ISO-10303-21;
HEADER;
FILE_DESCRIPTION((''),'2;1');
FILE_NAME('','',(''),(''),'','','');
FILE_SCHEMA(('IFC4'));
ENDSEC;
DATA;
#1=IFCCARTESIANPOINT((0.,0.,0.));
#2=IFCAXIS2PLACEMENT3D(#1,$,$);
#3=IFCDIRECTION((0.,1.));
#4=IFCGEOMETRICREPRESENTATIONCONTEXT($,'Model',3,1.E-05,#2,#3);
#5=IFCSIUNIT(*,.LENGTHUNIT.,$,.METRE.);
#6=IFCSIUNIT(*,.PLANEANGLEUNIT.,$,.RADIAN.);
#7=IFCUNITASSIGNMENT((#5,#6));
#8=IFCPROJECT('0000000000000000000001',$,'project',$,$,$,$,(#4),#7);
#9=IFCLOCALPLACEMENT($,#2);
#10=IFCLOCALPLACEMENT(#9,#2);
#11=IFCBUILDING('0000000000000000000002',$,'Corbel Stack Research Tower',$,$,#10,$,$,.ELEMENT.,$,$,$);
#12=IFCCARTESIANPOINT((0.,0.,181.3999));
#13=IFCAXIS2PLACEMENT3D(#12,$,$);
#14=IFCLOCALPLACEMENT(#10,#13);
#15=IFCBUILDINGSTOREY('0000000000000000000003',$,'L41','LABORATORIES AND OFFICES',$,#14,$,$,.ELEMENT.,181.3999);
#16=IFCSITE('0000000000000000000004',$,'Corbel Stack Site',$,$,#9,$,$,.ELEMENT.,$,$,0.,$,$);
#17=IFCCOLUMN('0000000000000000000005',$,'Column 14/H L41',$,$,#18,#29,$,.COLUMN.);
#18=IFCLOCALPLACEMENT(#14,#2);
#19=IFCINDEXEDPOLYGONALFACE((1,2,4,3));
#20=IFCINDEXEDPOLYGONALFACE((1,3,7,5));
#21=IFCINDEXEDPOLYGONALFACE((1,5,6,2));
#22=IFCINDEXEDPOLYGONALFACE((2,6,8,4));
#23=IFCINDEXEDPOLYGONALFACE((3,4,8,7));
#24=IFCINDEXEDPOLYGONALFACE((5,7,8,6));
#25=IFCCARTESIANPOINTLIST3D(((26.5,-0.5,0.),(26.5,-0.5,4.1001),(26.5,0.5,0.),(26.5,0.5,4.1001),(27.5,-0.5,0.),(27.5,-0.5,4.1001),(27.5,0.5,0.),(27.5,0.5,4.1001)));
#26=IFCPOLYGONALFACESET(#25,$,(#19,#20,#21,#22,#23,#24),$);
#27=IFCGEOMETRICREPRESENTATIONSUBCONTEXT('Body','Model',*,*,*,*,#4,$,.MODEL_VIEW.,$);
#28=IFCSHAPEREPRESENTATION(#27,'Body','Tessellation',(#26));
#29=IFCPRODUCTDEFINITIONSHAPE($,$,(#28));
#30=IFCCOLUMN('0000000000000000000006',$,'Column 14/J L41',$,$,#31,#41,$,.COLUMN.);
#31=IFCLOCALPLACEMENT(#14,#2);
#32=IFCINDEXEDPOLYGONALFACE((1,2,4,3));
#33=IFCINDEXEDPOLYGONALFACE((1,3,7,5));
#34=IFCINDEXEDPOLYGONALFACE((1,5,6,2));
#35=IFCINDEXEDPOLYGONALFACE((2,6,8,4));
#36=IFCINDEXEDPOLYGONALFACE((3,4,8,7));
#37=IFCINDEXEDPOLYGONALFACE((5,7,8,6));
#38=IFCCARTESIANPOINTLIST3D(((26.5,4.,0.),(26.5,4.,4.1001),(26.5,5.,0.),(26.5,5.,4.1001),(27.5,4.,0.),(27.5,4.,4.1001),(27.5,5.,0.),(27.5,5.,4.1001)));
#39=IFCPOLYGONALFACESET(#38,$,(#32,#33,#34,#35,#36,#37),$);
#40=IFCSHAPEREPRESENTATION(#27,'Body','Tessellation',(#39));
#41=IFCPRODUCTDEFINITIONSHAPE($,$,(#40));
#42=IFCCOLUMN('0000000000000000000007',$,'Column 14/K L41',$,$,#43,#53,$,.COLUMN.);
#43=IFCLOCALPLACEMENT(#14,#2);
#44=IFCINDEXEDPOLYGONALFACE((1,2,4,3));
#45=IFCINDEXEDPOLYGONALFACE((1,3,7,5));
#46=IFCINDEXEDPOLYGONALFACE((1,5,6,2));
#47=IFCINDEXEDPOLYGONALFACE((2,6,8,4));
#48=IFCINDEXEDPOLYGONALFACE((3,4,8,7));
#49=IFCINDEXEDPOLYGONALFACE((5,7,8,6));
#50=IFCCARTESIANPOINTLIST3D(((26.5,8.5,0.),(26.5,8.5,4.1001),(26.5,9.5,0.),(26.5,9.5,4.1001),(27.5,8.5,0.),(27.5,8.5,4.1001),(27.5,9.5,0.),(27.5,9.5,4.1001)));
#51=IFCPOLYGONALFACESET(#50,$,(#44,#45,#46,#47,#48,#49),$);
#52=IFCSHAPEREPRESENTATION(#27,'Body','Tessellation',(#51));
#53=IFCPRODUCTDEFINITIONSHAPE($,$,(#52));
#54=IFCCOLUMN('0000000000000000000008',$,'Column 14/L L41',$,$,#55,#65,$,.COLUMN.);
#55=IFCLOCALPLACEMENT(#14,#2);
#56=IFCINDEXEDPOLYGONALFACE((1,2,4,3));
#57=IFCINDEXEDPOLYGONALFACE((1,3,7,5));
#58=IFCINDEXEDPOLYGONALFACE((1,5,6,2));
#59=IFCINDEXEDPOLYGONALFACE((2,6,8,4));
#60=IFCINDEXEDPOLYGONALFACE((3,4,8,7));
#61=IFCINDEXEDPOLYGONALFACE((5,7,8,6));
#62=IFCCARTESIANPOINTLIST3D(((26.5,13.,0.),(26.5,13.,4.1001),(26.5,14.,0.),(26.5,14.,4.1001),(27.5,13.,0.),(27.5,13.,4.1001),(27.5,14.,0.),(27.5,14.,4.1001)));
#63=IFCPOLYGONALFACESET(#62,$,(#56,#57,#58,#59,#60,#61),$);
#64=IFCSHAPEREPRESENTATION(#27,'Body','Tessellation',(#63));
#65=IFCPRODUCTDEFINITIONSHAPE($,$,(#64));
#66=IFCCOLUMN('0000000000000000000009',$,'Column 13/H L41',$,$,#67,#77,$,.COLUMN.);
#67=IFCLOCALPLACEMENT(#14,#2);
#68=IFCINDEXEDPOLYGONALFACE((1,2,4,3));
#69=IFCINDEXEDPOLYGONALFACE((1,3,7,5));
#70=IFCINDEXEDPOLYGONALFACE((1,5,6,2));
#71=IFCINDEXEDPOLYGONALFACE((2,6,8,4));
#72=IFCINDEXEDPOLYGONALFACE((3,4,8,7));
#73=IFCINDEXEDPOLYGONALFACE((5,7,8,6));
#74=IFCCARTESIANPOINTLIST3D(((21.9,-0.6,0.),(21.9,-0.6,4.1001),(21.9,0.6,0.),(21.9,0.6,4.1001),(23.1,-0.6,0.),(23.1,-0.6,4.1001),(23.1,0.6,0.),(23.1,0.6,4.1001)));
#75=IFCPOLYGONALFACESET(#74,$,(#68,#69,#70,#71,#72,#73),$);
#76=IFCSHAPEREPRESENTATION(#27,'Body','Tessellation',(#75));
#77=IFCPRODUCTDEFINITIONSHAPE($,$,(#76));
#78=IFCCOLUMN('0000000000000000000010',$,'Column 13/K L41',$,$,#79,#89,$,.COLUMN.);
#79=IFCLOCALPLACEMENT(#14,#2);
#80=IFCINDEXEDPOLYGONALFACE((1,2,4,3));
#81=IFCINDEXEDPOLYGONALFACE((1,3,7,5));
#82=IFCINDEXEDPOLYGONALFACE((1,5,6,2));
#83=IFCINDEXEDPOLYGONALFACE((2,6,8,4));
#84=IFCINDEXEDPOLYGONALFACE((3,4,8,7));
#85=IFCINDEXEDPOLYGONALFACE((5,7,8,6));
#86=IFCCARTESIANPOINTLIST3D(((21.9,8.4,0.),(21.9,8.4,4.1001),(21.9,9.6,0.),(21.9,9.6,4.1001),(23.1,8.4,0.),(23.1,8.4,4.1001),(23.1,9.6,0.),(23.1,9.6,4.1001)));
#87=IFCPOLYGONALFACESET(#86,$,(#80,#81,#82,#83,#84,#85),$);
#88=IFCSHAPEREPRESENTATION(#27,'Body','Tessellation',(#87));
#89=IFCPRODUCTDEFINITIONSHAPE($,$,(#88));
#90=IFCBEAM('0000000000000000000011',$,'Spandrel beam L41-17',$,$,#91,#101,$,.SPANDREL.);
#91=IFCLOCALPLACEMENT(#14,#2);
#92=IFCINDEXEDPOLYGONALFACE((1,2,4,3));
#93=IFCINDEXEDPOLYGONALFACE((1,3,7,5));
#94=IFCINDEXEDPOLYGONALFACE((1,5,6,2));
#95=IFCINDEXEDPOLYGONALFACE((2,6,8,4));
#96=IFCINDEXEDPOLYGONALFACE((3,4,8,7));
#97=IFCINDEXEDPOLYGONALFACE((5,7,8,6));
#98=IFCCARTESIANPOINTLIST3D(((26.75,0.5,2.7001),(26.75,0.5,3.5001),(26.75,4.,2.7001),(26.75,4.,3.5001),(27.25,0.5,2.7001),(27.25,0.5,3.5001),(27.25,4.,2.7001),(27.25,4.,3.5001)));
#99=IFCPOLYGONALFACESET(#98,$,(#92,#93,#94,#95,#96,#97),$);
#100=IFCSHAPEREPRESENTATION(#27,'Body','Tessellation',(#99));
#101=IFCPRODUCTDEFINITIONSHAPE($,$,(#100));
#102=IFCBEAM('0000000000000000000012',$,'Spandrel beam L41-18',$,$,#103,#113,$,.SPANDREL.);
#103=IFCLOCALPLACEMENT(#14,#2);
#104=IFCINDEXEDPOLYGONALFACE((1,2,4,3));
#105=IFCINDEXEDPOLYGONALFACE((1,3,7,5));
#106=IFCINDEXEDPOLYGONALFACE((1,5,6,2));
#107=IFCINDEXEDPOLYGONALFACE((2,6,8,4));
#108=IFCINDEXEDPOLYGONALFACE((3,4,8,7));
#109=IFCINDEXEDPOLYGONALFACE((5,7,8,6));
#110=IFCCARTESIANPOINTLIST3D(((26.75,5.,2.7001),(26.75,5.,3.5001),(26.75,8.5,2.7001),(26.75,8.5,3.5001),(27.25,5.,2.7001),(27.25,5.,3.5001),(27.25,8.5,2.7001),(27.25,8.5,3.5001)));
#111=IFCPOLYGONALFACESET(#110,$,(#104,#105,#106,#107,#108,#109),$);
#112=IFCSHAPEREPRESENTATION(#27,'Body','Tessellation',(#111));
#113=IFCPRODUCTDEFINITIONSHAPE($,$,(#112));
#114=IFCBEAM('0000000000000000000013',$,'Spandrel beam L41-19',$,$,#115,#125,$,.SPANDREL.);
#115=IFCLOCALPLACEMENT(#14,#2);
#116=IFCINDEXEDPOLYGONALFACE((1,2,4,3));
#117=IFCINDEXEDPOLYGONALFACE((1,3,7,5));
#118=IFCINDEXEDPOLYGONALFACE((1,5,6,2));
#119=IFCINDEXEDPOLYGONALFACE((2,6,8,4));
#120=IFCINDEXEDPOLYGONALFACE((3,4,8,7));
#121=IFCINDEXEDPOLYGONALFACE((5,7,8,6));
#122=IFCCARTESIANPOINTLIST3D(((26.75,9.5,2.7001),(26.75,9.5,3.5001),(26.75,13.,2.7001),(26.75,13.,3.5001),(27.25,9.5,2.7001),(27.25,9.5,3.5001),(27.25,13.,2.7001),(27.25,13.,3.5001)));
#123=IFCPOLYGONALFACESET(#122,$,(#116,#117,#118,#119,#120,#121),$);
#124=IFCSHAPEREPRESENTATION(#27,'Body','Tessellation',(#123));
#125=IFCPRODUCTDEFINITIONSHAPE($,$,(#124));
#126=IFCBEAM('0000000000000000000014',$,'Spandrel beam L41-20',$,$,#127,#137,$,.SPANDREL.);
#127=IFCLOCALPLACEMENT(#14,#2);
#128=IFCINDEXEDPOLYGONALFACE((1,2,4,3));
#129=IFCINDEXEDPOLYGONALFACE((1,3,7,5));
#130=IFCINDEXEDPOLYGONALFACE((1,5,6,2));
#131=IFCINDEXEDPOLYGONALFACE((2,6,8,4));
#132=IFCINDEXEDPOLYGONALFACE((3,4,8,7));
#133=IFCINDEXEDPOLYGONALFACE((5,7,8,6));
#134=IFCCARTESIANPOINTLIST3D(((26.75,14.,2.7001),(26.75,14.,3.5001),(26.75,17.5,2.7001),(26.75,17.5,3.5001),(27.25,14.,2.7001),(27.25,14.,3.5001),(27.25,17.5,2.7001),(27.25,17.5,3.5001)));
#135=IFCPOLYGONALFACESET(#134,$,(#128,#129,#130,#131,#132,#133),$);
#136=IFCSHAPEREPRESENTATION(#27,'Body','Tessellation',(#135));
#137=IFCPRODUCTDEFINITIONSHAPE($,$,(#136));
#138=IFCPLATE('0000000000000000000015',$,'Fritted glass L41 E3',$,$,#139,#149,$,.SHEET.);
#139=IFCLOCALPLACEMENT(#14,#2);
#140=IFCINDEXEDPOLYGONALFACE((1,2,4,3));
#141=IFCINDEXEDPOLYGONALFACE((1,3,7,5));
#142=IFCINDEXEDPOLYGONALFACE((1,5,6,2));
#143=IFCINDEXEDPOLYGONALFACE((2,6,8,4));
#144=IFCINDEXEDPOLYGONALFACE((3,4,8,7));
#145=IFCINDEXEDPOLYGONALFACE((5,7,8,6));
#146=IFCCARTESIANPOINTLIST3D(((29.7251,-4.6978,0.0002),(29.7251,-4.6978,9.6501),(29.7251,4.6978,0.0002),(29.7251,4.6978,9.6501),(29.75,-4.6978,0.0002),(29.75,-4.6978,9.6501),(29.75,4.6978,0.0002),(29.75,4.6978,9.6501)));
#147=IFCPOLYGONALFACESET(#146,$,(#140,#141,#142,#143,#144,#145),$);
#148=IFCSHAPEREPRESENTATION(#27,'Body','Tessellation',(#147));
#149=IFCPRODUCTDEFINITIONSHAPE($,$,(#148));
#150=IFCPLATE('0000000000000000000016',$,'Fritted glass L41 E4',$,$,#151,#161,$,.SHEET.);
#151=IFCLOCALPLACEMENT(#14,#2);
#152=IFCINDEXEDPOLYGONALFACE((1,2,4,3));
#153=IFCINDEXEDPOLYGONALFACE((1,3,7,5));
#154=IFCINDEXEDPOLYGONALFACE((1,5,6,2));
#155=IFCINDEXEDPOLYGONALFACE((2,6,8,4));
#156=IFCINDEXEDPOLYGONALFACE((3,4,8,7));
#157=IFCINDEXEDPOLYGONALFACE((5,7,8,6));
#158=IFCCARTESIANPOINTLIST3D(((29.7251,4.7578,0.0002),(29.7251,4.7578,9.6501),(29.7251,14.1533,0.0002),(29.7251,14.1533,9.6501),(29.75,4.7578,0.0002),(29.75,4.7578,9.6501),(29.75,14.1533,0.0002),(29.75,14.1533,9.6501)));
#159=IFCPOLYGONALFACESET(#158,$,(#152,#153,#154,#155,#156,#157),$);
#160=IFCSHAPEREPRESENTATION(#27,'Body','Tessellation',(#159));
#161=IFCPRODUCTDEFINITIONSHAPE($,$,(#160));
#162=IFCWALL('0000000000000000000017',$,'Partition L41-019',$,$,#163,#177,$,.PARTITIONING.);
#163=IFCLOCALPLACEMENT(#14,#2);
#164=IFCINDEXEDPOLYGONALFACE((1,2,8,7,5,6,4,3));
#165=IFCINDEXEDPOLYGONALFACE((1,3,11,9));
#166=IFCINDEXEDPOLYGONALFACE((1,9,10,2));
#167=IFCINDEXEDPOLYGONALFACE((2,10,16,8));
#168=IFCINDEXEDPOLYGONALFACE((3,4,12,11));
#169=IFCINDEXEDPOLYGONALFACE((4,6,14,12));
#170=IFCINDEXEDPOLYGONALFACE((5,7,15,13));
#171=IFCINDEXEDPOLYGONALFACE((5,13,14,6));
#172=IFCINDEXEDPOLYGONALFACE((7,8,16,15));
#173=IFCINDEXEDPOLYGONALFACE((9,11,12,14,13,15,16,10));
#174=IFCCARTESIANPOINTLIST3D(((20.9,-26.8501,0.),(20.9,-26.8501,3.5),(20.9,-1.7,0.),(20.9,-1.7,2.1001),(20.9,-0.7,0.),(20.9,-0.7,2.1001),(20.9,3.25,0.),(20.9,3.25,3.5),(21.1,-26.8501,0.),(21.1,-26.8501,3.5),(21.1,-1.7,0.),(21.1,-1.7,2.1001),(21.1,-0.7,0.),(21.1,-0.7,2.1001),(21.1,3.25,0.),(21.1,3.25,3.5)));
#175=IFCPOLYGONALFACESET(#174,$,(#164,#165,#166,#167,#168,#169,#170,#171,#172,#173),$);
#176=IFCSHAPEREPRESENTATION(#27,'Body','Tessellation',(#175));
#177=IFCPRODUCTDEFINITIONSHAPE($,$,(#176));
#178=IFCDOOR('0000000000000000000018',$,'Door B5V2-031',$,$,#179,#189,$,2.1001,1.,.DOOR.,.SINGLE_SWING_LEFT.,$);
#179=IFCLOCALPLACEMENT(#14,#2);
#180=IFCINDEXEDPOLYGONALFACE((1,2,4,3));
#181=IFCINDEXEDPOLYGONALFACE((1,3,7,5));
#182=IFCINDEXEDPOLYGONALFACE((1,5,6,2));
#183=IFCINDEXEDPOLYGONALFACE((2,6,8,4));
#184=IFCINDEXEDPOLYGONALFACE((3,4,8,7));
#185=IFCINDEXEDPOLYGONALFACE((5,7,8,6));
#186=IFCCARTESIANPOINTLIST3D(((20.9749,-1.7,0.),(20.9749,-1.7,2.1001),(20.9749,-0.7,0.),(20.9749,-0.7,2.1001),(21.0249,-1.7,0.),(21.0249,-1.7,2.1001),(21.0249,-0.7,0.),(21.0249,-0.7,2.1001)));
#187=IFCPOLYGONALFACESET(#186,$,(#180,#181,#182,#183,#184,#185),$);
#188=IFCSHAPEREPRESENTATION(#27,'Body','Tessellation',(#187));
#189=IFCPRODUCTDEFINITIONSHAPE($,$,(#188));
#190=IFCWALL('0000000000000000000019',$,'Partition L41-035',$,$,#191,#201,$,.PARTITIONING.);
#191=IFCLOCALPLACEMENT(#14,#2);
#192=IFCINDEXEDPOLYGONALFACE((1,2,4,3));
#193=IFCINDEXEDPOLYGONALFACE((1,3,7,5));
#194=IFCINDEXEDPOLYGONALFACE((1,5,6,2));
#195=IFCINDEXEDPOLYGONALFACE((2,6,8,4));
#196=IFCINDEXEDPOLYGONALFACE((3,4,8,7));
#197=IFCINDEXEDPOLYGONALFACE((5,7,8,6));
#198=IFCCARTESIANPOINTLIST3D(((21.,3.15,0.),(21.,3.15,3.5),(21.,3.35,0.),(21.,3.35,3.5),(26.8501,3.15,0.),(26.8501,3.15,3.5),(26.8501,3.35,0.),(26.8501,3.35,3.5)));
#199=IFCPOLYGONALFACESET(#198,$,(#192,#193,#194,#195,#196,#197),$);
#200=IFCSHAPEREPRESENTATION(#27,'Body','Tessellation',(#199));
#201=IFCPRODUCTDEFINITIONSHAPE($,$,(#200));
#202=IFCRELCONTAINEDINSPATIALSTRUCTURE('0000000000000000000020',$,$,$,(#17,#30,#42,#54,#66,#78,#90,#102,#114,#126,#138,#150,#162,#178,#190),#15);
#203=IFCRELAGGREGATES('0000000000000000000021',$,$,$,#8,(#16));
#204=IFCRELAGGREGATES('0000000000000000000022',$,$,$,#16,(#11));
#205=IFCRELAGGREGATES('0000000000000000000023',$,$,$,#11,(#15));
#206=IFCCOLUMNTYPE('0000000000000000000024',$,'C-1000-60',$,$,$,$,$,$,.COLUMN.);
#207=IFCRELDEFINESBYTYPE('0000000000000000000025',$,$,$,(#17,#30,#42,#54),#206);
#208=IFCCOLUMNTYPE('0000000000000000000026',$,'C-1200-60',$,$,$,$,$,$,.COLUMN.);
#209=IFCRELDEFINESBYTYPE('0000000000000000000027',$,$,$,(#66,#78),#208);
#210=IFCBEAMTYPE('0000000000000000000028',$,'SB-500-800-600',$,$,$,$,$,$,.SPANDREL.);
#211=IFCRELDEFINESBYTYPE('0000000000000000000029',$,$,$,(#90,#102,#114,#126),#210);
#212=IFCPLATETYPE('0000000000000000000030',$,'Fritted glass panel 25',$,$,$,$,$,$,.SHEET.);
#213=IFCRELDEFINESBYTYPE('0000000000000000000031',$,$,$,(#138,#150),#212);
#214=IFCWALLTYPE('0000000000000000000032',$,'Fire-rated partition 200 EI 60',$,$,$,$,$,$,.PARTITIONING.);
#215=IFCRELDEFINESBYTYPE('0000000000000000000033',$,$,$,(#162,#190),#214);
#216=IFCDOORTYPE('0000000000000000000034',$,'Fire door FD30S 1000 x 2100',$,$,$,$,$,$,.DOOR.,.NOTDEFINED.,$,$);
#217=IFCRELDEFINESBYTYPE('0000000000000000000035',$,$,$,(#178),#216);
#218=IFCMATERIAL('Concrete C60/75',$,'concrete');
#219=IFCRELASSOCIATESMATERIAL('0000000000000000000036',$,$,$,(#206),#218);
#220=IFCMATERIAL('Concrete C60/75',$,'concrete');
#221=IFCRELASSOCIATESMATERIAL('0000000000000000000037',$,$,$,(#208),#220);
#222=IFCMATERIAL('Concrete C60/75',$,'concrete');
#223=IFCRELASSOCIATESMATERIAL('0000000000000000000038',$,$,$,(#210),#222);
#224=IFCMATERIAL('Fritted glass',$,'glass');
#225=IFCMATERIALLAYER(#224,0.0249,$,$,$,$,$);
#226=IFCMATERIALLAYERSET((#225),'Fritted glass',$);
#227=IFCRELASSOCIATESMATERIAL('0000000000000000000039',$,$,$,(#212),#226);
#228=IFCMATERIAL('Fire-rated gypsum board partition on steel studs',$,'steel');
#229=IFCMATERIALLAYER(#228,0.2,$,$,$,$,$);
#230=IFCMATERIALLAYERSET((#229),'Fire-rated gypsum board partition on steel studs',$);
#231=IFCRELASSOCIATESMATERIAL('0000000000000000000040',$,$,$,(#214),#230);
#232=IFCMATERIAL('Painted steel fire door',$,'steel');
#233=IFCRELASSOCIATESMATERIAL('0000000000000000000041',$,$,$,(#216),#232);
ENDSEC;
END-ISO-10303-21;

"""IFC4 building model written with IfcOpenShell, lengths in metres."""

from ifc_helpers import new_model, si_unit, direction, frame, frame_2d, origin, origin_2d, place, context, subcontext, project, spatial, rectangle, extrude, material, layer, layer_set, material_profile, profile_set, type_object, element, fill, save


model = new_model("IFC4")

# Units and contexts
model_context = context("Model", 3, precision=1e-05, world=origin(), true_north=direction((0.0, 1.0)))
body_context = subcontext(model_context, "Body", "Model", "MODEL_VIEW")
ifc_project = project(units=[si_unit("LENGTHUNIT", "METRE"), si_unit("PLANEANGLEUNIT", "RADIAN")], contexts=[model_context])

# Site, building, storey
site_placement = place(None, origin())
site = spatial("IfcSite", under=ifc_project, at=site_placement, Name="Corbel Stack Site", CompositionType="ELEMENT", RefElevation=0.0)
building_placement = place(site_placement, origin())
building = spatial("IfcBuilding", under=site, at=building_placement, Name="Corbel Stack Research Tower", CompositionType="ELEMENT")
storey_placement = place(building_placement, frame((0.0, 0.0, 181.3999)))
storey = spatial("IfcBuildingStorey", under=building, at=storey_placement, Name="L41", Description="LABORATORIES AND OFFICES", CompositionType="ELEMENT", Elevation=181.3999)

# Columns
ifc_material_1 = material(Name="Concrete C60/75", Category="concrete")
ifc_material_profile_1 = material_profile(ifc_material_1, rectangle(XDim=1.0, YDim=1.0, at=origin_2d()), Name="RC 1000 x 1000")
ifc_profile_set_1 = profile_set([ifc_material_profile_1], Name="Concrete C60/75")
column_type_1 = type_object("IfcColumnType", Name="C-1000-60", PredefinedType="COLUMN", material=ifc_profile_set_1)
for number, where, z_axis, x_axis, name in (
    (1, (27.0, 0.0, 0.0), (0.0, 0.0, 1.0), (1.0, 0.0, 0.0), "Column 14/H L41"),
    (2, (27.0, 4.5, 0.0), (0.0, 0.0, 1.0), (1.0, 0.0, 0.0), "Column 14/J L41"),
    (3, (27.0, 9.0, 0.0), (0.0, 0.0, 1.0), (1.0, 0.0, 0.0), "Column 14/K L41"),
    (4, (27.0, 13.5, 0.0), (0.0, 0.0, 1.0), (1.0, 0.0, 0.0), "Column 14/L L41"),
):
    element("IfcColumn", number, at=place(storey_placement, frame(where, z_axis=z_axis, x_axis=x_axis)), inside=storey, type_object=column_type_1, Name=name, PredefinedType="COLUMN", context=body_context, shape_type="SweptSolid", body=[
        extrude(rectangle(XDim=1.0, YDim=1.0, at=origin_2d()), origin(), (0.0, 0.0, 1.0), 4.1001),
    ])
ifc_material_2 = material(Name="Concrete C60/75", Category="concrete")
ifc_material_profile_2 = material_profile(ifc_material_2, rectangle(XDim=1.2, YDim=1.2, at=origin_2d()), Name="RC 1200 x 1200")
ifc_profile_set_2 = profile_set([ifc_material_profile_2], Name="Concrete C60/75")
column_type_2 = type_object("IfcColumnType", Name="C-1200-60", PredefinedType="COLUMN", material=ifc_profile_set_2)
for number, where, z_axis, x_axis, name in (
    (5, (22.5, 0.0, 0.0), (0.0, 0.0, 1.0), (1.0, 0.0, 0.0), "Column 13/H L41"),
    (6, (22.5, 9.0, 0.0), (0.0, 0.0, 1.0), (1.0, 0.0, 0.0), "Column 13/K L41"),
):
    element("IfcColumn", number, at=place(storey_placement, frame(where, z_axis=z_axis, x_axis=x_axis)), inside=storey, type_object=column_type_2, Name=name, PredefinedType="COLUMN", context=body_context, shape_type="SweptSolid", body=[
        extrude(rectangle(XDim=1.2, YDim=1.2, at=origin_2d()), origin(), (0.0, 0.0, 1.0), 4.1001),
    ])

# Beams
ifc_material_3 = material(Name="Concrete C60/75", Category="concrete")
ifc_material_profile_3 = material_profile(ifc_material_3, rectangle(XDim=0.5, YDim=0.8, at=origin_2d()), Name="RC 500 x 800")
ifc_profile_set_3 = profile_set([ifc_material_profile_3], Name="Concrete C60/75")
beam_type = type_object("IfcBeamType", Name="SB-500-800-600", PredefinedType="SPANDREL", material=ifc_profile_set_3)
for number, where, z_axis, x_axis, name in (
    (7, (27.0, 0.5, 3.1001), (0.0, 1.0, 0.0), (-1.0, 0.0, 0.0), "Spandrel beam L41-17"),
    (8, (27.0, 5.0, 3.1001), (0.0, 1.0, 0.0), (-1.0, 0.0, 0.0), "Spandrel beam L41-18"),
    (9, (27.0, 9.5, 3.1001), (0.0, 1.0, 0.0), (-1.0, 0.0, 0.0), "Spandrel beam L41-19"),
    (10, (27.0, 14.0, 3.1001), (0.0, 1.0, 0.0), (-1.0, 0.0, 0.0), "Spandrel beam L41-20"),
):
    element("IfcBeam", number, at=place(storey_placement, frame(where, z_axis=z_axis, x_axis=x_axis)), inside=storey, type_object=beam_type, Name=name, PredefinedType="SPANDREL", context=body_context, shape_type="SweptSolid", body=[
        extrude(rectangle(XDim=0.5, YDim=0.8, at=origin_2d()), origin(), (0.0, 0.0, 1.0), 3.5),
    ])

# Plates
ifc_material_4 = material(Name="Fritted glass", Category="glass")
ifc_layer_1 = layer(ifc_material_4, 0.0249)
ifc_layer_set_1 = layer_set([ifc_layer_1], Name="Fritted glass")
plate_type = type_object("IfcPlateType", Name="Fritted glass panel 25", PredefinedType="SHEET", material=ifc_layer_set_1)
for number, where, z_axis, x_axis, name in (
    (11, (29.7375, 0.0, 0.0002), (0.0, 0.0, 1.0), (0.0, 1.0, 0.0), "Fritted glass L41 E3"),
    (12, (29.7375, 9.4556, 0.0002), (0.0, 0.0, 1.0), (0.0, 1.0, 0.0), "Fritted glass L41 E4"),
):
    element("IfcPlate", number, at=place(storey_placement, frame(where, z_axis=z_axis, x_axis=x_axis)), inside=storey, type_object=plate_type, Name=name, PredefinedType="SHEET", context=body_context, shape_type="SweptSolid", body=[
        extrude(rectangle(XDim=9.3955, YDim=0.0249, at=origin_2d()), origin(), (0.0, 0.0, 1.0), 9.6499),
    ])

# Wall, opening, door
ifc_material_5 = material(Name="Fire-rated gypsum board partition on steel studs", Category="steel")
ifc_layer_2 = layer(ifc_material_5, 0.2)
ifc_layer_set_2 = layer_set([ifc_layer_2], Name="Fire-rated gypsum board partition on steel studs")
wall_type_1 = type_object("IfcWallType", Name="Fire-rated partition 200 EI 60", PredefinedType="PARTITIONING", material=ifc_layer_set_2)
wall_1_placement = place(storey_placement, frame((21.0, 3.25, 0.0), z_axis=(0.0, 0.0, 1.0), x_axis=(0.0, -1.0, 0.0)))
wall_1 = element("IfcWall", 13, at=wall_1_placement, inside=storey, type_object=wall_type_1, Name="Partition L41-019", PredefinedType="PARTITIONING", context=body_context, shape_type="SweptSolid", body=[
    extrude(rectangle(XDim=30.1001, YDim=0.2, at=frame_2d((15.05, 0.0))), origin(), (0.0, 0.0, 1.0), 3.5),
])
opening_1_placement = place(wall_1_placement, frame((3.95, 0.0, 0.0)))
opening_1 = element("IfcOpeningElement", 14, at=opening_1_placement, cuts=wall_1, PredefinedType="OPENING", context=body_context, shape_type="SweptSolid", body=[
    extrude(rectangle(XDim=1.0, YDim=2.1001, at=frame_2d((0.5, 1.05))), frame((0.0, 0.1099, 0.0), z_axis=(0.0, -1.0, 0.0), x_axis=(1.0, 0.0, 0.0)), (0.0, 0.0, 1.0), 0.22),
])
ifc_material_6 = material(Name="Painted steel fire door", Category="steel")
door_type_1 = type_object("IfcDoorType", Name="Fire door FD30S 1000 x 2100", OperationType="NOTDEFINED", PredefinedType="DOOR", material=ifc_material_6)
door_1_placement = place(opening_1_placement, origin())
door_1 = element("IfcDoor", 15, at=door_1_placement, inside=storey, type_object=door_type_1, Name="Door B5V2-031", OperationType="SINGLE_SWING_LEFT", OverallHeight=2.1001, OverallWidth=1.0, PredefinedType="DOOR", context=body_context, shape_type="SweptSolid", body=[
    extrude(rectangle(XDim=1.0, YDim=2.1001, at=frame_2d((0.5, 1.05))), frame((0.0, 0.0249, 0.0), z_axis=(0.0, -1.0, 0.0), x_axis=(1.0, 0.0, 0.0)), (0.0, 0.0, 1.0), 0.05),
])
fill(opening_1, door_1)

# Wall
for number, where, z_axis, x_axis, name in (
    (16, (21.0, 3.25, 0.0), (0.0, 0.0, 1.0), (1.0, 0.0, 0.0), "Partition L41-035"),
):
    element("IfcWall", number, at=place(storey_placement, frame(where, z_axis=z_axis, x_axis=x_axis)), inside=storey, type_object=wall_type_1, Name=name, PredefinedType="PARTITIONING", context=body_context, shape_type="SweptSolid", body=[
        extrude(rectangle(XDim=5.8501, YDim=0.2, at=frame_2d((2.925, 0.0))), origin(), (0.0, 0.0, 1.0), 3.5),
    ])

save(model, "model.ifc")
